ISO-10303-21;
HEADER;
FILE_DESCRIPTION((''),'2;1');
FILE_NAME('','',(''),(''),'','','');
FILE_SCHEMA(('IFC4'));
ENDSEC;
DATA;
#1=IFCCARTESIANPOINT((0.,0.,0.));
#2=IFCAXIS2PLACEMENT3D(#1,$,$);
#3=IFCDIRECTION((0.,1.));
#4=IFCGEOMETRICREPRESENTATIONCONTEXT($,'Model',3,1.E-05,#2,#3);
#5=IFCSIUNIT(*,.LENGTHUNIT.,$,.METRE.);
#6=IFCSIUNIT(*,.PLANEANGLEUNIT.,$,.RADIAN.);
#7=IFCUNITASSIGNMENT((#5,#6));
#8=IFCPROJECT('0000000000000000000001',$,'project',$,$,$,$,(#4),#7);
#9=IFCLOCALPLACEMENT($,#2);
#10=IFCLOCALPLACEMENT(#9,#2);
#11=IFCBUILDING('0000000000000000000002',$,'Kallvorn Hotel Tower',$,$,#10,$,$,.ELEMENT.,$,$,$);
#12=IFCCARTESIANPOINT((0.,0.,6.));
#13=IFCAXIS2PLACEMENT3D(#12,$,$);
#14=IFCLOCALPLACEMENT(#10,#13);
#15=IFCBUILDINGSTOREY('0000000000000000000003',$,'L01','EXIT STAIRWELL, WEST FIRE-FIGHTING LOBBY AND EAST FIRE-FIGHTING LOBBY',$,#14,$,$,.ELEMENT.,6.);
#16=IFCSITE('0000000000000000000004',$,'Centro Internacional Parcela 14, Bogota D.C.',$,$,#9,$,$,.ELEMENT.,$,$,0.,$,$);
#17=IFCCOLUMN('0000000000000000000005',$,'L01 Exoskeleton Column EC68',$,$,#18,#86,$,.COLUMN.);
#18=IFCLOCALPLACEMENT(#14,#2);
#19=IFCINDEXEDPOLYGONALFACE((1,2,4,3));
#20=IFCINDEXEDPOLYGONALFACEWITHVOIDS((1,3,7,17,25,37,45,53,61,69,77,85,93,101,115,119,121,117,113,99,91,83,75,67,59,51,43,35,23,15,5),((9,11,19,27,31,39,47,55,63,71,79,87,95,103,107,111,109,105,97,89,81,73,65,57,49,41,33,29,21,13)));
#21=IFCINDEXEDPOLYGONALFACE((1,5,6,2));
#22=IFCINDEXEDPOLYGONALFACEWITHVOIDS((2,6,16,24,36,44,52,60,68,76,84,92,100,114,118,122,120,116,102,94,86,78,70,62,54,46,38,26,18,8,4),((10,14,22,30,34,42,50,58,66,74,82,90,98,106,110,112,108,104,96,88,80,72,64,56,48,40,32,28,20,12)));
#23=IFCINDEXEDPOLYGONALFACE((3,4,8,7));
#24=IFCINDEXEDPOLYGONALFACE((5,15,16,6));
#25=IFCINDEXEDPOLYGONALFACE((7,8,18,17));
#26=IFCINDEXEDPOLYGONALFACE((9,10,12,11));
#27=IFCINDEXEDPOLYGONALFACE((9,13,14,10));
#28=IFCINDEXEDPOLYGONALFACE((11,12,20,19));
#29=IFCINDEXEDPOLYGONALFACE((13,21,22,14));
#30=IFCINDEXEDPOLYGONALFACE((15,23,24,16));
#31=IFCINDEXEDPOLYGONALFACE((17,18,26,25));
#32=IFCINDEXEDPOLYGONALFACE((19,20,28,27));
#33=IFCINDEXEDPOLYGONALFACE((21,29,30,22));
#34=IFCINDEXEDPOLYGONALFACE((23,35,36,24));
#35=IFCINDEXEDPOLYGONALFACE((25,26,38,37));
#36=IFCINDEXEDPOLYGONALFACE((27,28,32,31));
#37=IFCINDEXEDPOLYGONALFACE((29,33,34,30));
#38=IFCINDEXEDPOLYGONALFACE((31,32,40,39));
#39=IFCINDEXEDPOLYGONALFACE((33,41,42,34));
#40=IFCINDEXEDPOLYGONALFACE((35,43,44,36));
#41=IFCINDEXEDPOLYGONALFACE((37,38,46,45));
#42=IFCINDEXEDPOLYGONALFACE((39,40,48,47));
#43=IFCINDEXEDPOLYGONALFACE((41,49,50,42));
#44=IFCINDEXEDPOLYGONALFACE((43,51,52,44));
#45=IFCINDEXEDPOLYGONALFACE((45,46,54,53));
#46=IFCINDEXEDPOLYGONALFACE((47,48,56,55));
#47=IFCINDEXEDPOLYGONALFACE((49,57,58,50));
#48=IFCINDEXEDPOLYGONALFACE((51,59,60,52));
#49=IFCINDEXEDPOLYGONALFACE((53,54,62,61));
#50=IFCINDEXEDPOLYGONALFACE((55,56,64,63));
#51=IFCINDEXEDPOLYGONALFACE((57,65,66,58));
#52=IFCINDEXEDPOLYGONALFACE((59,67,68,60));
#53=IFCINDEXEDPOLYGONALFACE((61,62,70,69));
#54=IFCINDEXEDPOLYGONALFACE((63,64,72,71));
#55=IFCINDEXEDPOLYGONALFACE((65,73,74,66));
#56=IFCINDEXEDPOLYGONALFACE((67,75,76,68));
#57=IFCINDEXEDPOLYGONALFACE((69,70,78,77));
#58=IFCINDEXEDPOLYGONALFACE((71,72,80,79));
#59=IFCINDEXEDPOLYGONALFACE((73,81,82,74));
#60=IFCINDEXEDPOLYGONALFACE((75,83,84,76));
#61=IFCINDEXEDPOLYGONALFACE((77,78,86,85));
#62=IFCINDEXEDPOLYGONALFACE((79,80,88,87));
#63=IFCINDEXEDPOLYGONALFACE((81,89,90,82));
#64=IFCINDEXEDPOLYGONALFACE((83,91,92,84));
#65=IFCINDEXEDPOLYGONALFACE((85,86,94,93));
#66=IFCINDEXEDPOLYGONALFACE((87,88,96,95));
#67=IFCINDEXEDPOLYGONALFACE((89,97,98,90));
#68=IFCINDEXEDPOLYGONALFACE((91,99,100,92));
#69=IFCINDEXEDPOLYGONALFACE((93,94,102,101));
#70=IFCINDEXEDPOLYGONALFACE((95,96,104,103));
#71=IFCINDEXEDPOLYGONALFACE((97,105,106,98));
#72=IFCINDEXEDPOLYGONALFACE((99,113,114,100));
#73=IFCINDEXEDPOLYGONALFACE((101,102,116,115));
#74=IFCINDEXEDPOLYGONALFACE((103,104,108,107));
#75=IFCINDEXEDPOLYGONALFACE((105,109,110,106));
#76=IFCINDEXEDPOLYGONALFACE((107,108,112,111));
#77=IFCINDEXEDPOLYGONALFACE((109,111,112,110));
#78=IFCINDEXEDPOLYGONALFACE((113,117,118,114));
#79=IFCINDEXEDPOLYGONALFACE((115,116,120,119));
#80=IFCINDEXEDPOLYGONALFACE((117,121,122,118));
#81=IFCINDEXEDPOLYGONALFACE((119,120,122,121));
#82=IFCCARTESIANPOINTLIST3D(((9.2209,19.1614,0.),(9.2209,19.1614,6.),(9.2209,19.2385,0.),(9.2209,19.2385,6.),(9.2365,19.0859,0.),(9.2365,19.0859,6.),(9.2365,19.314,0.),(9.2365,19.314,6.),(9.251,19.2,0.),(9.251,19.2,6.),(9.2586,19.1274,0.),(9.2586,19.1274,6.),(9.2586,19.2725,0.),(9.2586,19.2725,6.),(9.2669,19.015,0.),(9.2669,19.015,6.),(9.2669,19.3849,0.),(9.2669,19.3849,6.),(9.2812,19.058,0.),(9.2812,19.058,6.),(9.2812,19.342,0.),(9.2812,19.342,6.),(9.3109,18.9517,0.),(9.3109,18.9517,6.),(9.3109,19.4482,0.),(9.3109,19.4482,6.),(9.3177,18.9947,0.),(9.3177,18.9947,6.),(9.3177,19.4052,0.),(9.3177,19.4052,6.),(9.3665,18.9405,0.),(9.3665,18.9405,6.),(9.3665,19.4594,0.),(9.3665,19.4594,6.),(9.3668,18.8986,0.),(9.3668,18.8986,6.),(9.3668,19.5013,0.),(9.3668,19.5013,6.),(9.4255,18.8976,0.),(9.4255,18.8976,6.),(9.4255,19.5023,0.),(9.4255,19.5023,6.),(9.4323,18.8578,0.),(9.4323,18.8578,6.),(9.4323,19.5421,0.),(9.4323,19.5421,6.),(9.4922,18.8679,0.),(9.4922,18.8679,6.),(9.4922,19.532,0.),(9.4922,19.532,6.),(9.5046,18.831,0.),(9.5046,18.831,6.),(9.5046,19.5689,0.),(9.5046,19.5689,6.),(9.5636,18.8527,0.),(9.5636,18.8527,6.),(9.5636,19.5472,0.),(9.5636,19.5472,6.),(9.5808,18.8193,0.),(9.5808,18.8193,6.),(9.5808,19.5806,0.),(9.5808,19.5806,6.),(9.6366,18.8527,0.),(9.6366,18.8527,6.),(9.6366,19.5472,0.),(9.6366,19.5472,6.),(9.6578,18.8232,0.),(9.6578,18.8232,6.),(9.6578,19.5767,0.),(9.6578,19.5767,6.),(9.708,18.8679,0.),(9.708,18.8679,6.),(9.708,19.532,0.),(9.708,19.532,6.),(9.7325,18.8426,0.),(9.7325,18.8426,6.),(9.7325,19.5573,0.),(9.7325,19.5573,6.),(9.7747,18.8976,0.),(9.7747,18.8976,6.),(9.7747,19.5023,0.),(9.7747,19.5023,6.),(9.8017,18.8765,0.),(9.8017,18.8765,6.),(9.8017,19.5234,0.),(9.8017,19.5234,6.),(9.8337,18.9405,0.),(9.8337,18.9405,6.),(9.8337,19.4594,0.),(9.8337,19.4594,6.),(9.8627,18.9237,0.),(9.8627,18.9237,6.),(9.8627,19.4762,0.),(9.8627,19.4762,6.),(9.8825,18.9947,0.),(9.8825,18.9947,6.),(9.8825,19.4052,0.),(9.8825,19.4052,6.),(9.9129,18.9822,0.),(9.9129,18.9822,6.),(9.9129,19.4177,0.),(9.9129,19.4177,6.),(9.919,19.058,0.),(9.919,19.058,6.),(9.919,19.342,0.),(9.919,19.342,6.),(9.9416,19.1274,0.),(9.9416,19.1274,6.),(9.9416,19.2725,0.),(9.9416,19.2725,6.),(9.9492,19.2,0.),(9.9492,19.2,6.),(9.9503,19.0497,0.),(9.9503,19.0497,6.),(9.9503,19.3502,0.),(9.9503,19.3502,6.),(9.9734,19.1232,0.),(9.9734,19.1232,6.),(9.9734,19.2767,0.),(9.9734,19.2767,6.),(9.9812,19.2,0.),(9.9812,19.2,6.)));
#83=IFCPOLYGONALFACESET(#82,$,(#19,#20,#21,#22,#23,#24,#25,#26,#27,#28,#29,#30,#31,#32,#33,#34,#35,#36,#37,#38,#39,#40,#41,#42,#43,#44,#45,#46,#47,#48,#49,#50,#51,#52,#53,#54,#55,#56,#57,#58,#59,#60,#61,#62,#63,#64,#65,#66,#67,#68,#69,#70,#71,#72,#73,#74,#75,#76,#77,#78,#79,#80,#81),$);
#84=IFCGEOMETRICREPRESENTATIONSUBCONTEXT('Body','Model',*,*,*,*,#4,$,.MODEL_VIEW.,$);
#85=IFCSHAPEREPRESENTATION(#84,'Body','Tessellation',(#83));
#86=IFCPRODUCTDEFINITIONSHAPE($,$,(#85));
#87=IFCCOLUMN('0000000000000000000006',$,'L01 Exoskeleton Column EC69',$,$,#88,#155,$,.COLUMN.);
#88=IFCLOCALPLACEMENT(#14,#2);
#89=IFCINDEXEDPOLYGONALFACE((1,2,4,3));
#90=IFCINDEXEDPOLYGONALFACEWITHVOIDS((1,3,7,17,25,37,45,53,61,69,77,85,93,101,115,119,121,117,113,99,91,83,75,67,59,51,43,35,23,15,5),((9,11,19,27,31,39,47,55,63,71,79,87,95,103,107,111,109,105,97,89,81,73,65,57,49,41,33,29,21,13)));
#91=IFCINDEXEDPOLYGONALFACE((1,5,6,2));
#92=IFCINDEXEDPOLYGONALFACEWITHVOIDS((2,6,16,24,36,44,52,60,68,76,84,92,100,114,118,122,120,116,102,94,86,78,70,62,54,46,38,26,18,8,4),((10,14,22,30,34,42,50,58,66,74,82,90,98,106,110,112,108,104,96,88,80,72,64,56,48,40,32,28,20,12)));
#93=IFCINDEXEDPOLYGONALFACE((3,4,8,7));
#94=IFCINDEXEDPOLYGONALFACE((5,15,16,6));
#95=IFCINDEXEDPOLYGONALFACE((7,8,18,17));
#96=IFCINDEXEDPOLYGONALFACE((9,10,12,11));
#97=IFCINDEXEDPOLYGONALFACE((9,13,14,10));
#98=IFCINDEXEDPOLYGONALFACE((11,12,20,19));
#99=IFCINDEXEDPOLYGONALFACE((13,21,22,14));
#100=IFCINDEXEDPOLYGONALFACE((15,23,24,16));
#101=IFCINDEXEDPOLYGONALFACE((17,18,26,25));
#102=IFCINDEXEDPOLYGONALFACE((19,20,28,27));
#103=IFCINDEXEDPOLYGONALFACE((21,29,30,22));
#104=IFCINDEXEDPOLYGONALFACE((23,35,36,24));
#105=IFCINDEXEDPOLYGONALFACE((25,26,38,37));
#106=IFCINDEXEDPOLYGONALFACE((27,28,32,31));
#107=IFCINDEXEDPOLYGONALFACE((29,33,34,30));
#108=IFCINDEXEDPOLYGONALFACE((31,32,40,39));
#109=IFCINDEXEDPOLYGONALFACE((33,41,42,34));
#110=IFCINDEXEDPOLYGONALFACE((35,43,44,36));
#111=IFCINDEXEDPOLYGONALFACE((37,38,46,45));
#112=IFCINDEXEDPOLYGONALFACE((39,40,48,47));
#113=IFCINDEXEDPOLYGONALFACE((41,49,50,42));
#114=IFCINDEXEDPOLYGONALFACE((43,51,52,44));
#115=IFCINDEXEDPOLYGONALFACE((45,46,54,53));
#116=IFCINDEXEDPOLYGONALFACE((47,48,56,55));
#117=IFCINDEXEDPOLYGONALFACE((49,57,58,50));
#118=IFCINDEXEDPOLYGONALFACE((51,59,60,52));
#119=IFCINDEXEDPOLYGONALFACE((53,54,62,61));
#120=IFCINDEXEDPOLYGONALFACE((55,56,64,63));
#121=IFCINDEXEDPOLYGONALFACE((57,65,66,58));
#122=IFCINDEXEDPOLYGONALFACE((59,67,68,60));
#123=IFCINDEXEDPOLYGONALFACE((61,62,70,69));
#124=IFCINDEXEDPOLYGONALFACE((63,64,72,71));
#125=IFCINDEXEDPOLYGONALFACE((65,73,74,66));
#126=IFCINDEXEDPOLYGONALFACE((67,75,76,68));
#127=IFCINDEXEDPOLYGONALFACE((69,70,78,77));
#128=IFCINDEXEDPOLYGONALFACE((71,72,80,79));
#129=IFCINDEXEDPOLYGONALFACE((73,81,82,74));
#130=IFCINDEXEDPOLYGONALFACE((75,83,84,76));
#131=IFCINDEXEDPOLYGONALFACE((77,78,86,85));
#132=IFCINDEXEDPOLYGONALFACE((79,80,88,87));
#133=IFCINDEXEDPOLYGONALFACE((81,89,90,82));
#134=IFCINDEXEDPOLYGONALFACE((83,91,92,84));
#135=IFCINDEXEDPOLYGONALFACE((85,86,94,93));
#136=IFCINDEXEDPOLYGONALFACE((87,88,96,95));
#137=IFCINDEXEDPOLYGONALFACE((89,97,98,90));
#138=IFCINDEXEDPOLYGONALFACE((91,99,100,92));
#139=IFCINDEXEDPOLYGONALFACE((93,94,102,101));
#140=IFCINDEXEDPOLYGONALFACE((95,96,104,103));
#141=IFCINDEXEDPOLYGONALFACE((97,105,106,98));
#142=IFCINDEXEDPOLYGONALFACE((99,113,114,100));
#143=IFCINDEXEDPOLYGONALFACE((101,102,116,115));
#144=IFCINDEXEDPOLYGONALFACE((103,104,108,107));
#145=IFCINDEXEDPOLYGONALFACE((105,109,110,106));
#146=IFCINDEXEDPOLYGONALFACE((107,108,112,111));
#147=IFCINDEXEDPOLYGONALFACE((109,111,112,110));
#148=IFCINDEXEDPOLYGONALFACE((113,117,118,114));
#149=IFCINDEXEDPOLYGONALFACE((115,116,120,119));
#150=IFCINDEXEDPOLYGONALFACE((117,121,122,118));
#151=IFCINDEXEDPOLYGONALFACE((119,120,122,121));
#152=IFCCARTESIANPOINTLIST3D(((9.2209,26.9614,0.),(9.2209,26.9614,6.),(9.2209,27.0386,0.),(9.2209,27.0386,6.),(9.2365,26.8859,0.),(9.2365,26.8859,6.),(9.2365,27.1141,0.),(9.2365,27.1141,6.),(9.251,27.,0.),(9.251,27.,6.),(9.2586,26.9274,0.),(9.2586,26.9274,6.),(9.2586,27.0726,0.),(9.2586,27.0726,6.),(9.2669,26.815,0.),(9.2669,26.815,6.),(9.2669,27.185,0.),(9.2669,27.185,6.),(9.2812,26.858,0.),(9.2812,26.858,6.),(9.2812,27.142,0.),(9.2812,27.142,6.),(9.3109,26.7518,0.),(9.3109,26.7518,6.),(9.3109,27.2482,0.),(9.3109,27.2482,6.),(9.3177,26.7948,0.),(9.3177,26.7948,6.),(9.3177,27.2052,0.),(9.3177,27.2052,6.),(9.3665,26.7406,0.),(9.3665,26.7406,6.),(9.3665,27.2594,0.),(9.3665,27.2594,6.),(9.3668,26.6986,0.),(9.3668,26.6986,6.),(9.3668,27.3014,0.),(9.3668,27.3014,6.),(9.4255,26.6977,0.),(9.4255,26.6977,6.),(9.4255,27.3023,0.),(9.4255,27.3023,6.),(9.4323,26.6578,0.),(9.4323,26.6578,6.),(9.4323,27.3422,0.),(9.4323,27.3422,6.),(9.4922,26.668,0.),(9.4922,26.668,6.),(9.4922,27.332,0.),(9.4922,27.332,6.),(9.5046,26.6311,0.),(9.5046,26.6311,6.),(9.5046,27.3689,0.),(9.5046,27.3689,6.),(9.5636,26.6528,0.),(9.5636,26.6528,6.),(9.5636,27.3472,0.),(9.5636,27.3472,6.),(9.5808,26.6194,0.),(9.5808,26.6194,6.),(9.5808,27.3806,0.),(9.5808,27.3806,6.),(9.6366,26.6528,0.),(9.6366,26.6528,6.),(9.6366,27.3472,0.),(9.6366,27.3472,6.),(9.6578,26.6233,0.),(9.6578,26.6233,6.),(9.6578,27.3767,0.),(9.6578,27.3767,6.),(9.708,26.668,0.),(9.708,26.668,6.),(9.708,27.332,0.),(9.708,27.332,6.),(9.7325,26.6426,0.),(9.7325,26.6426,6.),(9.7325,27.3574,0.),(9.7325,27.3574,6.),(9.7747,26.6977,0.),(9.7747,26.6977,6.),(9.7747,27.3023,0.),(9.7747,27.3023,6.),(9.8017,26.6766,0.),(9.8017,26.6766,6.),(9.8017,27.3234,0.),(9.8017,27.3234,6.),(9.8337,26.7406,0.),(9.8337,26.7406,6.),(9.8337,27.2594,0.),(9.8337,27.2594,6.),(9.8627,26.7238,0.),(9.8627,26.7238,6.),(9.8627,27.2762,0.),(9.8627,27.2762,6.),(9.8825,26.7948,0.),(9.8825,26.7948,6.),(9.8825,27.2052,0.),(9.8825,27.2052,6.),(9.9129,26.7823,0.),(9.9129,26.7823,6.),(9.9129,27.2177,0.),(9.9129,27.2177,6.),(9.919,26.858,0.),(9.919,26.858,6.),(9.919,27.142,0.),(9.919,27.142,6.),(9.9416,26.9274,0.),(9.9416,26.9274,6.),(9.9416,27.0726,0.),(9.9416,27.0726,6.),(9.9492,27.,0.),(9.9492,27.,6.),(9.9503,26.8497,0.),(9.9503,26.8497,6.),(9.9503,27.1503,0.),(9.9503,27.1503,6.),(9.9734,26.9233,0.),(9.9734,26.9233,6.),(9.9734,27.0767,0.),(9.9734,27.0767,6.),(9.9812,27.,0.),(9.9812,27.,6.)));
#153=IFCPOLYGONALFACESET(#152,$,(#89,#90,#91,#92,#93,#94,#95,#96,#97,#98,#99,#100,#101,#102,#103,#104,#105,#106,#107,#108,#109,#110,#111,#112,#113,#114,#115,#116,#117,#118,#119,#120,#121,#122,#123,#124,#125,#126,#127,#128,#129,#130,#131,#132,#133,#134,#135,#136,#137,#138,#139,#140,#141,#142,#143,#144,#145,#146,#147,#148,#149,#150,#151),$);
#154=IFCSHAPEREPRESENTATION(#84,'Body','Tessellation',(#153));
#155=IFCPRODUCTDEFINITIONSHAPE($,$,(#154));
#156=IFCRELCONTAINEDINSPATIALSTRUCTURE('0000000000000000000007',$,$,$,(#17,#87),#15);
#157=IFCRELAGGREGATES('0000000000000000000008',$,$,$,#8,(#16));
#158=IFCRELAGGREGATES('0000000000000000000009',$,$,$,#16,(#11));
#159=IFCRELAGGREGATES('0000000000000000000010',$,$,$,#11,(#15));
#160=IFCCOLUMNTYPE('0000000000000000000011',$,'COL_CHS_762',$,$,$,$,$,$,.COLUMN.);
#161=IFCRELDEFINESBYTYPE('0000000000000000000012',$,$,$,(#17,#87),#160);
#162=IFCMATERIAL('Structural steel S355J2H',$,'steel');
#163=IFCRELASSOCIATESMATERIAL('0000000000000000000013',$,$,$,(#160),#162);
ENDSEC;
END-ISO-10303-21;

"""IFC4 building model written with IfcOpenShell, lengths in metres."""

from ifc_helpers import new_model, si_unit, direction, frame, origin, origin_2d, place, context, subcontext, project, spatial, hollow_circle, extrude, material, material_profile, profile_set, type_object, element, save


model = new_model("IFC4")

# Units and contexts
model_context = context("Model", 3, precision=1e-05, world=origin(), true_north=direction((0.0, 1.0)))
body_context = subcontext(model_context, "Body", "Model", "MODEL_VIEW")
ifc_project = project(units=[si_unit("LENGTHUNIT", "METRE"), si_unit("PLANEANGLEUNIT", "RADIAN")], contexts=[model_context])

# Site, building, storey
site_placement = place(None, origin())
site = spatial("IfcSite", under=ifc_project, at=site_placement, Name="Centro Internacional Parcela 14, Bogota D.C.", CompositionType="ELEMENT", RefElevation=0.0)
building_placement = place(site_placement, origin())
building = spatial("IfcBuilding", under=site, at=building_placement, Name="Kallvorn Hotel Tower", CompositionType="ELEMENT")
storey_placement = place(building_placement, frame((0.0, 0.0, 6.0)))
storey = spatial("IfcBuildingStorey", under=building, at=storey_placement, Name="L01", Description="EXIT STAIRWELL, WEST FIRE-FIGHTING LOBBY AND EAST FIRE-FIGHTING LOBBY", CompositionType="ELEMENT", Elevation=6.0)

# Columns
ifc_material_1 = material(Name="Structural steel S355J2H", Category="steel")
ifc_material_profile_1 = material_profile(ifc_material_1, hollow_circle(Radius=0.3811, WallThickness=0.032, at=origin_2d()), Name="CHS 762x32")
ifc_profile_set_1 = profile_set([ifc_material_profile_1], Name="Structural steel S355J2H")
column_type_1 = type_object("IfcColumnType", Name="COL_CHS_762", PredefinedType="COLUMN", material=ifc_profile_set_1)
for number, where, z_axis, x_axis, name in (
    (1, (9.6001, 19.2, 0.0), (0.0, 0.0, 1.0), (1.0, 0.0, 0.0), "L01 Exoskeleton Column EC68"),
    (2, (9.6001, 27.0, 0.0), (0.0, 0.0, 1.0), (1.0, 0.0, 0.0), "L01 Exoskeleton Column EC69"),
):
    element("IfcColumn", number, at=place(storey_placement, frame(where, z_axis=z_axis, x_axis=x_axis)), inside=storey, type_object=column_type_1, Name=name, PredefinedType="COLUMN", context=body_context, shape_type="SweptSolid", body=[
        extrude(hollow_circle(Radius=0.3811, WallThickness=0.032, at=origin_2d()), origin(), (0.0, 0.0, 1.0), 6.0),
    ])

save(model, "model.ifc")
